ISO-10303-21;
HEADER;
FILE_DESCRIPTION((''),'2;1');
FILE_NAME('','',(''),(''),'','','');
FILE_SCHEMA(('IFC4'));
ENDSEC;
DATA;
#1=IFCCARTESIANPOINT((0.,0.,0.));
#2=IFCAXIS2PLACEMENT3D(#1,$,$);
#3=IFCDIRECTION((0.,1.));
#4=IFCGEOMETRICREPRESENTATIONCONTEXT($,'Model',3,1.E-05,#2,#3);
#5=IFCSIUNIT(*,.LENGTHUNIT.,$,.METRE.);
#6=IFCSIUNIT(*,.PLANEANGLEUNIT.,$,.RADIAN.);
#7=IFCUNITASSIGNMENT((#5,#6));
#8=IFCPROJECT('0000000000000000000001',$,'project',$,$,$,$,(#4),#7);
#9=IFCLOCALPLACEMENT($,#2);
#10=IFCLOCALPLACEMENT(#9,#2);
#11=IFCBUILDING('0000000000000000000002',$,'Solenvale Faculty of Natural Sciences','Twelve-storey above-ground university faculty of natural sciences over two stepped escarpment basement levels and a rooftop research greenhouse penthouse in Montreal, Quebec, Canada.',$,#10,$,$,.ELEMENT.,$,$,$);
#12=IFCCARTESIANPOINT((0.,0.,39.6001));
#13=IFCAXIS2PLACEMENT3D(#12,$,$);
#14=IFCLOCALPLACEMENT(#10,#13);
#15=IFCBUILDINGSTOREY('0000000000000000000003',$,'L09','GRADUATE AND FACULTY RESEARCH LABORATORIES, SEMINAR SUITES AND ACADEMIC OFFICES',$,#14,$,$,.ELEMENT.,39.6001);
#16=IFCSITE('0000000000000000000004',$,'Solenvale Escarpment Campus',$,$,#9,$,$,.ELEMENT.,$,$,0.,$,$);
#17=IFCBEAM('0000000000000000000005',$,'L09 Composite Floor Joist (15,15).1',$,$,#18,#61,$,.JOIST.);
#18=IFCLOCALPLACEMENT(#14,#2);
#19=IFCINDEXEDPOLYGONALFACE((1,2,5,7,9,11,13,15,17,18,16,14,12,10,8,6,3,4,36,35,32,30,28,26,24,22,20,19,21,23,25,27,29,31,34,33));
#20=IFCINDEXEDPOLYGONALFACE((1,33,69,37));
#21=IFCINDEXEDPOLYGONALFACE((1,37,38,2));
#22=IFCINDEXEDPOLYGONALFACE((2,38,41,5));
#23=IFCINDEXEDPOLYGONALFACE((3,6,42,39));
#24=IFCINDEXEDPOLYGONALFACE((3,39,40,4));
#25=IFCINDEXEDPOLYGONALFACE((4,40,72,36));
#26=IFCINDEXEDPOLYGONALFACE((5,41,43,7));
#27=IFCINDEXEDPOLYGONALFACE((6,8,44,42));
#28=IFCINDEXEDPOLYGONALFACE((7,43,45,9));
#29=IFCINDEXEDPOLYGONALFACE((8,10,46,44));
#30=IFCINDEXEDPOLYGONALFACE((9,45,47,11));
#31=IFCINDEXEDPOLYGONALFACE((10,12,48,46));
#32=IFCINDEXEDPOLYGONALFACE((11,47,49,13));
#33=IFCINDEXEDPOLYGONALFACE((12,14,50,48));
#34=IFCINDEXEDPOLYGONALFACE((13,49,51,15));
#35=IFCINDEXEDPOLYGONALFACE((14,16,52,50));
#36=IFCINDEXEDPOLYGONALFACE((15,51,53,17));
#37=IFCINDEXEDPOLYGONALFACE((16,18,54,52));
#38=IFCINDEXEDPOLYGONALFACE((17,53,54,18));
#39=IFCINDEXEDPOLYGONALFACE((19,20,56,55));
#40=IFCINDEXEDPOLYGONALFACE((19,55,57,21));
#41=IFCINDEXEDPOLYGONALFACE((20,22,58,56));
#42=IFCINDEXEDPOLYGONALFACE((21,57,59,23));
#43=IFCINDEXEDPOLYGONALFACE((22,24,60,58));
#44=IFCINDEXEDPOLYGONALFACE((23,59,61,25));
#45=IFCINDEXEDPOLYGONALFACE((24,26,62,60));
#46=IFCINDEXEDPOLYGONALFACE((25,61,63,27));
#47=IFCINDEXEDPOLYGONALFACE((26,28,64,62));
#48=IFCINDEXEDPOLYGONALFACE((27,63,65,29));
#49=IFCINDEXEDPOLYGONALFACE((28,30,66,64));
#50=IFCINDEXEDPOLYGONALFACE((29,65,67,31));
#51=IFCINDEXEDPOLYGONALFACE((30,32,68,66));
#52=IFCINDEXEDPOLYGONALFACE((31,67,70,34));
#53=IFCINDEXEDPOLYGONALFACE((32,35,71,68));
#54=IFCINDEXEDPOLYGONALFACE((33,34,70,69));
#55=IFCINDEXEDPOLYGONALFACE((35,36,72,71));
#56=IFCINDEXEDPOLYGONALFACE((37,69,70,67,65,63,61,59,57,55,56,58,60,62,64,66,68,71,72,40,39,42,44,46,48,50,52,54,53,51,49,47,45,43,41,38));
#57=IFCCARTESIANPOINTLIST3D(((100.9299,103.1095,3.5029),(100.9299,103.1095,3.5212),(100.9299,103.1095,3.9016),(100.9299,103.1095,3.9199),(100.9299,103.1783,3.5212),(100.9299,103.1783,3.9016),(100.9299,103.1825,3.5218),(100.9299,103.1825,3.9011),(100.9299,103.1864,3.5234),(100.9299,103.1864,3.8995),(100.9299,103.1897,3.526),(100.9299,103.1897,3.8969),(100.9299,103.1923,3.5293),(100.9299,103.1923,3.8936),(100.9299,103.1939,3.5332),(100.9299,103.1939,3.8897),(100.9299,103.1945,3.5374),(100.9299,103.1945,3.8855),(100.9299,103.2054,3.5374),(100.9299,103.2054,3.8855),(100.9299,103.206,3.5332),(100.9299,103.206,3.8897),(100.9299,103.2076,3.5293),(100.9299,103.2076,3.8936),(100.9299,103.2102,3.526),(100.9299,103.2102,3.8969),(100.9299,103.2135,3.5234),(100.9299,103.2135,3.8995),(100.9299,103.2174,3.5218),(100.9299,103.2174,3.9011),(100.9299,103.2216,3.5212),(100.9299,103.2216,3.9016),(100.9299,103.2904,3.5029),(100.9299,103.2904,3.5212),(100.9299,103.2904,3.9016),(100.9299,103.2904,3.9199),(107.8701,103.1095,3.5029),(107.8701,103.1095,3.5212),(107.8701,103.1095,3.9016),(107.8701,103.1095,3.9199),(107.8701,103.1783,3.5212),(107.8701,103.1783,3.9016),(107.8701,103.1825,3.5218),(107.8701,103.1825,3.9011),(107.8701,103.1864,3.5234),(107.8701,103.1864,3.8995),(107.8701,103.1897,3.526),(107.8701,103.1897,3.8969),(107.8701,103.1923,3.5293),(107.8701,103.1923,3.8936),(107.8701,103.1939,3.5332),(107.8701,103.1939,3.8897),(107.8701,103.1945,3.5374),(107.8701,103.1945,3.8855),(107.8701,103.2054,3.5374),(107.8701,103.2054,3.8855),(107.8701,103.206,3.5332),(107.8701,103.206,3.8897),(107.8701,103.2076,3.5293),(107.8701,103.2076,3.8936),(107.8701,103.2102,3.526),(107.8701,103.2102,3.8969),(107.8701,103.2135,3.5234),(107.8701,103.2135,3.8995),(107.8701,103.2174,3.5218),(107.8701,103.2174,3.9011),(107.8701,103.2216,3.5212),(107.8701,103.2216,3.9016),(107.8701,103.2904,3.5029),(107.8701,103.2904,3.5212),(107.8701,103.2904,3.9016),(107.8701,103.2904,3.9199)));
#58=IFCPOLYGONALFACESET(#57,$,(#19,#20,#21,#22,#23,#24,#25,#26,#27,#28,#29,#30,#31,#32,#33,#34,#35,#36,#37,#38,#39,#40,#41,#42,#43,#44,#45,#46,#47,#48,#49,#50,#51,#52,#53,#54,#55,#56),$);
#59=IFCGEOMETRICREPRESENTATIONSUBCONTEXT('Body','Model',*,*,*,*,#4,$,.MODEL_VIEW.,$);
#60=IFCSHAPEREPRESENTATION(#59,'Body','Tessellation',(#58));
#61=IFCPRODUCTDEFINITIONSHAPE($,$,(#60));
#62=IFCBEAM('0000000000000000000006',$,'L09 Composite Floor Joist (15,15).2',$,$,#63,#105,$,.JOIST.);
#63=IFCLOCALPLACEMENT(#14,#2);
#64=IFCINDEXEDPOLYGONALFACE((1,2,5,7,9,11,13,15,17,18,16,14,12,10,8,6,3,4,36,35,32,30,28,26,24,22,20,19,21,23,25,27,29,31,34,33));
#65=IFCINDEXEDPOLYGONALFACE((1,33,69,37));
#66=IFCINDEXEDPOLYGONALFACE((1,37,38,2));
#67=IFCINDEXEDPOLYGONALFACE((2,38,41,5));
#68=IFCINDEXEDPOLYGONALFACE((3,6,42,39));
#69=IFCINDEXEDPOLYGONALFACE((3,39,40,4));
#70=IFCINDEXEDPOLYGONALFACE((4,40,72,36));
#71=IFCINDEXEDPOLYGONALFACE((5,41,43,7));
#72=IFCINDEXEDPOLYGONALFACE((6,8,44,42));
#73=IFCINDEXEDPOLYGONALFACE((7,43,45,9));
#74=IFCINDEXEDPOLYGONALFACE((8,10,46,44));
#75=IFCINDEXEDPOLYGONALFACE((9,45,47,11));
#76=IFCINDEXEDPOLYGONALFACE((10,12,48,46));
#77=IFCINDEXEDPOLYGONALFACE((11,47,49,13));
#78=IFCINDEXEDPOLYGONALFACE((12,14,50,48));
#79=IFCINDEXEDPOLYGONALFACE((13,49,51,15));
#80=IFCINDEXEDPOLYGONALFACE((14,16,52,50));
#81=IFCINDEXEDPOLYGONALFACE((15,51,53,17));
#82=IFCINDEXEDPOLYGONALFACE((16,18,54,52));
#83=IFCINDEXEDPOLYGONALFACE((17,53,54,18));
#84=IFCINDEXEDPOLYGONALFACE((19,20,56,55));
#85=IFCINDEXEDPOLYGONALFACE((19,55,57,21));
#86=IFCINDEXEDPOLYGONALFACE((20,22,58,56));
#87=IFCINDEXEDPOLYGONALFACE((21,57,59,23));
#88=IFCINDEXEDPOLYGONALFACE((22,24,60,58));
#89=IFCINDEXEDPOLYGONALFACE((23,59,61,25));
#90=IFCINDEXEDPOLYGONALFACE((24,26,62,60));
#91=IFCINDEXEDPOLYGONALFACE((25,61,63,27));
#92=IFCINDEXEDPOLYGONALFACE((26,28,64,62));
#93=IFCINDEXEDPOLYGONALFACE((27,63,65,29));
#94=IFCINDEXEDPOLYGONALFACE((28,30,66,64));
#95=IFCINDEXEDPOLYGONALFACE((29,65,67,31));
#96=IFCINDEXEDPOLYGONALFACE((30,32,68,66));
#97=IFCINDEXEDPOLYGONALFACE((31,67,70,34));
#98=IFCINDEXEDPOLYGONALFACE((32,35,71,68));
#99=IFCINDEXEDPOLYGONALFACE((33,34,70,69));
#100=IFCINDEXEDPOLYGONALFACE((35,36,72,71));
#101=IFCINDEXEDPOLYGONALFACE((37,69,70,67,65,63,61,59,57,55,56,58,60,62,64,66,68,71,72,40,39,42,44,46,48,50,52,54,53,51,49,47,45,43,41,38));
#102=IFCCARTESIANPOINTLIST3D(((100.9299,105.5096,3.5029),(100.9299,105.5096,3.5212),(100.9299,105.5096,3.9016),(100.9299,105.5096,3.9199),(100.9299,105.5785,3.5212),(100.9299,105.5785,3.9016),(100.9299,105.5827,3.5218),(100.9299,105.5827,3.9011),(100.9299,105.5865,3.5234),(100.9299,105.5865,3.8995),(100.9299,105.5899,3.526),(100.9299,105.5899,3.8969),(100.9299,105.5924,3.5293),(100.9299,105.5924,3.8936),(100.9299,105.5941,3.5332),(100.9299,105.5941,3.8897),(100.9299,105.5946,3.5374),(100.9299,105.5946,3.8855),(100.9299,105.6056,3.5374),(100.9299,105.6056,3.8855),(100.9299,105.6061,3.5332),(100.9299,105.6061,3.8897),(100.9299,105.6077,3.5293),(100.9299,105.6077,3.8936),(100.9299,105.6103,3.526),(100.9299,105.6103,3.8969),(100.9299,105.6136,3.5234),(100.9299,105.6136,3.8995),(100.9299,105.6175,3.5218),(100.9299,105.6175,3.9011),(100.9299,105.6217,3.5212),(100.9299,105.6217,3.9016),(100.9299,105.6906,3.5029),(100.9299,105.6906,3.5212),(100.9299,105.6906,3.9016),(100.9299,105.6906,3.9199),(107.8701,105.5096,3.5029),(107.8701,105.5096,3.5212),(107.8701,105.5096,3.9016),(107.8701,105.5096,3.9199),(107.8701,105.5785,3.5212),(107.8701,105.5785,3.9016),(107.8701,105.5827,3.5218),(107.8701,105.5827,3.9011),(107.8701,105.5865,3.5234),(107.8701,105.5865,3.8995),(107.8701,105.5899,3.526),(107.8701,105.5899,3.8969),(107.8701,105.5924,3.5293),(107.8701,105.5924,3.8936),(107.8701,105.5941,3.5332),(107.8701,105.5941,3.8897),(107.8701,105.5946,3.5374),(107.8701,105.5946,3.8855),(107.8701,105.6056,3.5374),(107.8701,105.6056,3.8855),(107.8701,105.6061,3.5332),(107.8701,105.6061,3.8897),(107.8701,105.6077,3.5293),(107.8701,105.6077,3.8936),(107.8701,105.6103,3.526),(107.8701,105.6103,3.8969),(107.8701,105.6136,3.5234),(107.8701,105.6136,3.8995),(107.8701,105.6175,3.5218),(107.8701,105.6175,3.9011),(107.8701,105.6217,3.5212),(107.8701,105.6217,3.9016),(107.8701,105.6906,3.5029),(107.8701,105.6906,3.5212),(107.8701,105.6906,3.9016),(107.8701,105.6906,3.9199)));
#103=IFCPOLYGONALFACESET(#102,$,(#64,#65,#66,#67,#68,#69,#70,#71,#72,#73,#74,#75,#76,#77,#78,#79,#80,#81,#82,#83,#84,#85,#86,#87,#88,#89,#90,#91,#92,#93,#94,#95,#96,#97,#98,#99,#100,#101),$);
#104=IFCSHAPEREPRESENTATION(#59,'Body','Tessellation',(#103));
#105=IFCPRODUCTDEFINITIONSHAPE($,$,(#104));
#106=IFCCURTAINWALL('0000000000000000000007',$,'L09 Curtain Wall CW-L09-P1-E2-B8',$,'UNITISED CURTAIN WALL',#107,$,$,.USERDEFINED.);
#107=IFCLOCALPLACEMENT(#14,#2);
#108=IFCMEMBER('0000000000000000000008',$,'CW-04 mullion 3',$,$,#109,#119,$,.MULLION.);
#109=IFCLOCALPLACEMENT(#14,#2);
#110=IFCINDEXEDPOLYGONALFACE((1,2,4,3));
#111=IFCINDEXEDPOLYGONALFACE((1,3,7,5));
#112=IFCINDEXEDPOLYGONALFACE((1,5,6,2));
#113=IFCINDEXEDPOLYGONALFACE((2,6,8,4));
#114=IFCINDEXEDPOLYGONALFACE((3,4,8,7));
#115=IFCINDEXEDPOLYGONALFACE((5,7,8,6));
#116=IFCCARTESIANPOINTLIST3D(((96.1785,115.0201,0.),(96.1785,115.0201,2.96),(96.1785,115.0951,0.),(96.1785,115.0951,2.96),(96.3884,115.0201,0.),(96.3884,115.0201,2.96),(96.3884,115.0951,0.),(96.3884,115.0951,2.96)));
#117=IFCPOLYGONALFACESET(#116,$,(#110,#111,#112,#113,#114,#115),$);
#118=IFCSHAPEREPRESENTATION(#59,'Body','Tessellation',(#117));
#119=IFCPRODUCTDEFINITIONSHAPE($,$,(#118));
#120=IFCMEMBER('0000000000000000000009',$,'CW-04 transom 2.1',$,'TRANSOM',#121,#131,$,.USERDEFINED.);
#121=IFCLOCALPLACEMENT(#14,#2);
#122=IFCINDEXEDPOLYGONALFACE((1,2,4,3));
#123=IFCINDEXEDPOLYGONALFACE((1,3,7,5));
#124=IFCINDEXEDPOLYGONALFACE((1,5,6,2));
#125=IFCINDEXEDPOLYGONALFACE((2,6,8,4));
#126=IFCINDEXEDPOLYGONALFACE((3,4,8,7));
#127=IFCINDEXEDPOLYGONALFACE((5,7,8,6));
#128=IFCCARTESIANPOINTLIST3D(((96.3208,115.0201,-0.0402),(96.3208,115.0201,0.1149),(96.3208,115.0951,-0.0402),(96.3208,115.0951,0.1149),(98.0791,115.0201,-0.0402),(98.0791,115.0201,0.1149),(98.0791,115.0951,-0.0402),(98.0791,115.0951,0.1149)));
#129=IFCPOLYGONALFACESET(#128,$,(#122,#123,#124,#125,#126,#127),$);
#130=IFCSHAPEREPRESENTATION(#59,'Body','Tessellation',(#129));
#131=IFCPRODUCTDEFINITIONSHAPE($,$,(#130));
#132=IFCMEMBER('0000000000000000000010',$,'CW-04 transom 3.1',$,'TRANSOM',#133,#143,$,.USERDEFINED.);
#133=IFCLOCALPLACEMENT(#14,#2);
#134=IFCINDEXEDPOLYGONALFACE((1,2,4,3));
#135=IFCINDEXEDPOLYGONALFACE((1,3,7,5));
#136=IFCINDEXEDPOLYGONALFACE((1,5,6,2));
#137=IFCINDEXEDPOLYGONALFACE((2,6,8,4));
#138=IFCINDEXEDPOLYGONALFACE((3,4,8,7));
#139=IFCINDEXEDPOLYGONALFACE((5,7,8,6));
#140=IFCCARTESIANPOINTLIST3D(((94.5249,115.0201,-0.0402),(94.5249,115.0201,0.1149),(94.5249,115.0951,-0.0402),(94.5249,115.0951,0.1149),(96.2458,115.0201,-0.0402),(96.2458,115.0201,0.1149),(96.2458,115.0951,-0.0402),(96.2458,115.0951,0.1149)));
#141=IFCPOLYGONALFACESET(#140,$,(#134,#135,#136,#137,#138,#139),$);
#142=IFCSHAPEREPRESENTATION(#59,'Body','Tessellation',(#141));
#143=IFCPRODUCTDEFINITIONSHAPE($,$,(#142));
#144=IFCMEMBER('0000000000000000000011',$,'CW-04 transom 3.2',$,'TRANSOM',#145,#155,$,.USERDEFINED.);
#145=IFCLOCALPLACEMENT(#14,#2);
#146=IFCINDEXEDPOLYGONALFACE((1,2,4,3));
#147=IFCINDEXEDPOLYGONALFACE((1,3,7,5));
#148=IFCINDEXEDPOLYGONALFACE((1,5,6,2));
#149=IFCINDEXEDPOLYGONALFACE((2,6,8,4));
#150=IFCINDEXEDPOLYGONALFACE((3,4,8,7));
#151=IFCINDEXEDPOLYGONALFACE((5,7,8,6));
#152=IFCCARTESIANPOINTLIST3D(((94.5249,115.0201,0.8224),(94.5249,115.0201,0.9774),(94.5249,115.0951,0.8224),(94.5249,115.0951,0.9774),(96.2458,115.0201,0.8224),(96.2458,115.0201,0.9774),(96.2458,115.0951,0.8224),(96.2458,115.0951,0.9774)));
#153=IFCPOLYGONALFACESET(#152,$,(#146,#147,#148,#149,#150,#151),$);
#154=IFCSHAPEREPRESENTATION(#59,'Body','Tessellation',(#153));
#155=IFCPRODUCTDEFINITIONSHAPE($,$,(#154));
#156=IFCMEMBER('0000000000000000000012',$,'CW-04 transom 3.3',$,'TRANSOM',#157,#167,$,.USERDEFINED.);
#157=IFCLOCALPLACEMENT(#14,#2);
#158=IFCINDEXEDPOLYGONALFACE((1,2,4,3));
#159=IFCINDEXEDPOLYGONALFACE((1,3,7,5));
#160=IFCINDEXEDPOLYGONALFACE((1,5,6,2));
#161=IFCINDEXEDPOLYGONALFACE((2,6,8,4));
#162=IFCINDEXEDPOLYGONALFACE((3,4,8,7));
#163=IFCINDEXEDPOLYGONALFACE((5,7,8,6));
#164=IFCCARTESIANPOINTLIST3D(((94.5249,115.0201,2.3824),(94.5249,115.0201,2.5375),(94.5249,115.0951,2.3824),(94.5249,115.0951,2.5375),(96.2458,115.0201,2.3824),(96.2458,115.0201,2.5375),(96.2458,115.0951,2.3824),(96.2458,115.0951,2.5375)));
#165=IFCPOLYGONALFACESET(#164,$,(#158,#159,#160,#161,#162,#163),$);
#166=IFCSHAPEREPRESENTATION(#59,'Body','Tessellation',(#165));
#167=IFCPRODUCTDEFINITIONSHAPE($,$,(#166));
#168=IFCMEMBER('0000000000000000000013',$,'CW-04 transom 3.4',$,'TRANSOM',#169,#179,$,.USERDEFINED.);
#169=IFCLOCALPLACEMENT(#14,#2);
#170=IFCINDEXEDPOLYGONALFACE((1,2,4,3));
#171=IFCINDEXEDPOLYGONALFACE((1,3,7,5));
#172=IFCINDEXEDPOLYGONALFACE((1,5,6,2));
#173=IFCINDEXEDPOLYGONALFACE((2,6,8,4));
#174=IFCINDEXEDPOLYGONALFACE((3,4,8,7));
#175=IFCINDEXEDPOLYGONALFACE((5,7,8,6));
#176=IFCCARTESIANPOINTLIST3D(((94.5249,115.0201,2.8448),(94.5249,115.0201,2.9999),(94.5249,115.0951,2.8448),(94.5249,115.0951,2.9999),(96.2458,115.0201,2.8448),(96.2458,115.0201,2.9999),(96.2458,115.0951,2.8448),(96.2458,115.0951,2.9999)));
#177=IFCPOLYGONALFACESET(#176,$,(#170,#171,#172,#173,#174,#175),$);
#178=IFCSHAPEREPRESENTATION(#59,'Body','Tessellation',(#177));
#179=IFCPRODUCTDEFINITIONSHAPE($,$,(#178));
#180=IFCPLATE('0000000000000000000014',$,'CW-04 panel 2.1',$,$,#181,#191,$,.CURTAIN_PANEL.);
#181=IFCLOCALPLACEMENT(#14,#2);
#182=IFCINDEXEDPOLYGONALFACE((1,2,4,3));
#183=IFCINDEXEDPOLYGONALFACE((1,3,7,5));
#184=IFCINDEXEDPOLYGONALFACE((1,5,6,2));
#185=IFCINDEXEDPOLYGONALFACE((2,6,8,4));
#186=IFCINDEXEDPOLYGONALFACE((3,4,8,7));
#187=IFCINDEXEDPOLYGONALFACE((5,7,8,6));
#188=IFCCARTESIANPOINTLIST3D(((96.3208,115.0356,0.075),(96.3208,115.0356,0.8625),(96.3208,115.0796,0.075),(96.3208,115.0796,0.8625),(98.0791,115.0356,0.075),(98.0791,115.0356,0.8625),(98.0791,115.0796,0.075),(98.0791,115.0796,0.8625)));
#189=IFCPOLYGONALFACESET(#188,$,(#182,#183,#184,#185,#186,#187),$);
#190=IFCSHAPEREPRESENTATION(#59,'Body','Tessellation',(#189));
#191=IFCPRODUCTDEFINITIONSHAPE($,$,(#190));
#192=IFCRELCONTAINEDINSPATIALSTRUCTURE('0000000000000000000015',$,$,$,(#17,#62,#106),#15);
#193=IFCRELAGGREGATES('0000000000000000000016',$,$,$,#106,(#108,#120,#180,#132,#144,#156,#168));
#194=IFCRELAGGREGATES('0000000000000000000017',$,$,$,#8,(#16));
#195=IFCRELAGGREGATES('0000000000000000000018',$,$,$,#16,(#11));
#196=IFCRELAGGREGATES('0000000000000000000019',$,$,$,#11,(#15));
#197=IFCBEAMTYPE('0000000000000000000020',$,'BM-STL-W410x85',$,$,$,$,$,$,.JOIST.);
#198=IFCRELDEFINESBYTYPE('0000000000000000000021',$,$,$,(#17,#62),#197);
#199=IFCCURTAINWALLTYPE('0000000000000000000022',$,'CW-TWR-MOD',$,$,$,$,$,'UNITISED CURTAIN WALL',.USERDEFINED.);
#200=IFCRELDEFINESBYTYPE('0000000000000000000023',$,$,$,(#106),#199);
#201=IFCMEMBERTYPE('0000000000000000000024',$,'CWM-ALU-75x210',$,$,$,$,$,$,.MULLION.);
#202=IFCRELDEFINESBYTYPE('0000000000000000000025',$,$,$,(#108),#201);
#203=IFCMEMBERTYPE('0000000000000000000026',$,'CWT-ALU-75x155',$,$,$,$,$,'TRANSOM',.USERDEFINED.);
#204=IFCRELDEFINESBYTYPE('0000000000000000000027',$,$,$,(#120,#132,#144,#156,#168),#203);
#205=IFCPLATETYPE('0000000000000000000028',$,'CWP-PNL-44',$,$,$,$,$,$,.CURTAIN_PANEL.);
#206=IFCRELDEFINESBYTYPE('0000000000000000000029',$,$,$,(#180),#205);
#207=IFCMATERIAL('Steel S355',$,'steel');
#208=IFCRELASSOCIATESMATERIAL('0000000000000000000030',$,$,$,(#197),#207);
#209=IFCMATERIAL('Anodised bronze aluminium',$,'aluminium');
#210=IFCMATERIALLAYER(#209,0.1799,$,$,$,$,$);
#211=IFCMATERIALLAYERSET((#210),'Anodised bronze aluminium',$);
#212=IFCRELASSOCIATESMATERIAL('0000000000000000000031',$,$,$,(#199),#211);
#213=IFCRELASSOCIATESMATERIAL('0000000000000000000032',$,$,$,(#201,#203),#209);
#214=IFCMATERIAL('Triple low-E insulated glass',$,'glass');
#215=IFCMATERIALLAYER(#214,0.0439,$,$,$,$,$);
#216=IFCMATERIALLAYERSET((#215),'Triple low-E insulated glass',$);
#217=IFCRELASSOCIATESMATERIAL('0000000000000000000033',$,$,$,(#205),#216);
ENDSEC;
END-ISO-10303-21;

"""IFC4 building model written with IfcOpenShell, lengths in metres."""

from ifc_helpers import new_model, si_unit, direction, frame, origin, origin_2d, place, context, subcontext, project, spatial, rectangle, i_section, extrude, material, layer, layer_set, material_profile, profile_set, type_object, element, aggregate, save


model = new_model("IFC4")

# Units and contexts
model_context = context("Model", 3, precision=1e-05, world=origin(), true_north=direction((0.0, 1.0)))
body_context = subcontext(model_context, "Body", "Model", "MODEL_VIEW")
ifc_project = project(units=[si_unit("LENGTHUNIT", "METRE"), si_unit("PLANEANGLEUNIT", "RADIAN")], contexts=[model_context])

# Site, building, storey
site_placement = place(None, origin())
site = spatial("IfcSite", under=ifc_project, at=site_placement, Name="Solenvale Escarpment Campus", CompositionType="ELEMENT", RefElevation=0.0)
building_placement = place(site_placement, origin())
building = spatial("IfcBuilding", under=site, at=building_placement, Name="Solenvale Faculty of Natural Sciences", Description="Twelve-storey above-ground university faculty of natural sciences over two stepped escarpment basement levels and a rooftop research greenhouse penthouse in Montreal, Quebec, Canada.", CompositionType="ELEMENT")
storey_placement = place(building_placement, frame((0.0, 0.0, 39.6001)))
storey = spatial("IfcBuildingStorey", under=building, at=storey_placement, Name="L09", Description="GRADUATE AND FACULTY RESEARCH LABORATORIES, SEMINAR SUITES AND ACADEMIC OFFICES", CompositionType="ELEMENT", Elevation=39.6001)

# Beams
ifc_material_1 = material(Name="Steel S355", Category="steel")
ifc_material_profile_1 = material_profile(ifc_material_1, i_section(OverallWidth=0.1809, OverallDepth=0.417, WebThickness=0.011, FlangeThickness=0.0183, FilletRadius=0.0161, at=origin_2d()), Name="W410x85")
ifc_profile_set_1 = profile_set([ifc_material_profile_1], Name="Steel S355")
beam_type_1 = type_object("IfcBeamType", Name="BM-STL-W410x85", PredefinedType="JOIST", material=ifc_profile_set_1)
for number, where, z_axis, x_axis, name in (
    (1, (100.9299, 103.2, 3.7114), (1.0, 0.0, 0.0), (0.0, 1.0, 0.0), "L09 Composite Floor Joist (15,15).1"),
    (2, (100.9299, 105.6001, 3.7114), (1.0, 0.0, 0.0), (0.0, 1.0, 0.0), "L09 Composite Floor Joist (15,15).2"),
):
    element("IfcBeam", number, at=place(storey_placement, frame(where, z_axis=z_axis, x_axis=x_axis)), inside=storey, type_object=beam_type_1, Name=name, PredefinedType="JOIST", context=body_context, shape_type="SweptSolid", body=[
        extrude(i_section(OverallWidth=0.1809, OverallDepth=0.417, WebThickness=0.011, FlangeThickness=0.0183, FilletRadius=0.0161, at=origin_2d()), origin(), (0.0, 0.0, 1.0), 6.9402),
    ])

# Curtain wall, members, plate
ifc_material_2 = material(Name="Anodised bronze aluminium", Category="aluminium")
ifc_layer_1 = layer(ifc_material_2, 0.1799)
ifc_layer_set_1 = layer_set([ifc_layer_1], Name="Anodised bronze aluminium")
curtain_wall_type = type_object("IfcCurtainWallType", Name="CW-TWR-MOD", ElementType="UNITISED CURTAIN WALL", PredefinedType="USERDEFINED", material=ifc_layer_set_1)
curtain_wall_placement = place(storey_placement, origin())
curtain_wall = element("IfcCurtainWall", 3, at=curtain_wall_placement, inside=storey, type_object=curtain_wall_type, Name="L09 Curtain Wall CW-L09-P1-E2-B8", ObjectType="UNITISED CURTAIN WALL", PredefinedType="USERDEFINED")
ifc_material_profile_2 = material_profile(ifc_material_2, rectangle(XDim=0.075, YDim=0.21, at=origin_2d()), Name="ALU-MUL-75x210")
ifc_profile_set_2 = profile_set([ifc_material_profile_2], Name="Anodised bronze aluminium")
member_type_1 = type_object("IfcMemberType", Name="CWM-ALU-75x210", PredefinedType="MULLION", material=ifc_profile_set_2)
member_1_placement = place(storey_placement, frame((96.2834, 115.0576, 0.0), z_axis=(0.0, 0.0, 1.0), x_axis=(0.0, -1.0, 0.0)))
member_1 = element("IfcMember", 4, at=member_1_placement, type_object=member_type_1, Name="CW-04 mullion 3", PredefinedType="MULLION", context=body_context, shape_type="SweptSolid", body=[
    extrude(rectangle(XDim=0.075, YDim=0.21, at=origin_2d()), origin(), (0.0, 0.0, 1.0), 2.96),
])
ifc_material_profile_3 = material_profile(ifc_material_2, rectangle(XDim=0.075, YDim=0.155, at=origin_2d()), Name="ALU-TRN-75x155")
ifc_profile_set_3 = profile_set([ifc_material_profile_3], Name="Anodised bronze aluminium")
member_type_2 = type_object("IfcMemberType", Name="CWT-ALU-75x155", ElementType="TRANSOM", PredefinedType="USERDEFINED", material=ifc_profile_set_3)
member_2_placement = place(storey_placement, frame((98.0791, 115.0576, 0.0374), z_axis=(-1.0, 0.0, 0.0), x_axis=(0.0, -1.0, 0.0)))
member_2 = element("IfcMember", 5, at=member_2_placement, type_object=member_type_2, Name="CW-04 transom 2.1", ObjectType="TRANSOM", PredefinedType="USERDEFINED", context=body_context, shape_type="SweptSolid", body=[
    extrude(rectangle(XDim=0.075, YDim=0.155, at=origin_2d()), origin(), (0.0, 0.0, 1.0), 1.7583),
])
member_3_placement = place(storey_placement, frame((96.2458, 115.0576, 0.0374), z_axis=(-1.0, 0.0, 0.0), x_axis=(0.0, -1.0, 0.0)))
member_3 = element("IfcMember", 6, at=member_3_placement, type_object=member_type_2, Name="CW-04 transom 3.1", ObjectType="TRANSOM", PredefinedType="USERDEFINED", context=body_context, shape_type="SweptSolid", body=[
    extrude(rectangle(XDim=0.075, YDim=0.155, at=origin_2d()), origin(), (0.0, 0.0, 1.0), 1.7209),
])
member_4_placement = place(storey_placement, frame((96.2458, 115.0576, 0.8999), z_axis=(-1.0, 0.0, 0.0), x_axis=(0.0, -1.0, 0.0)))
member_4 = element("IfcMember", 7, at=member_4_placement, type_object=member_type_2, Name="CW-04 transom 3.2", ObjectType="TRANSOM", PredefinedType="USERDEFINED", context=body_context, shape_type="SweptSolid", body=[
    extrude(rectangle(XDim=0.075, YDim=0.155, at=origin_2d()), origin(), (0.0, 0.0, 1.0), 1.7209),
])
member_5_placement = place(storey_placement, frame((96.2458, 115.0576, 2.46), z_axis=(-1.0, 0.0, 0.0), x_axis=(0.0, -1.0, 0.0)))
member_5 = element("IfcMember", 8, at=member_5_placement, type_object=member_type_2, Name="CW-04 transom 3.3", ObjectType="TRANSOM", PredefinedType="USERDEFINED", context=body_context, shape_type="SweptSolid", body=[
    extrude(rectangle(XDim=0.075, YDim=0.155, at=origin_2d()), origin(), (0.0, 0.0, 1.0), 1.7209),
])
member_6_placement = place(storey_placement, frame((96.2458, 115.0576, 2.9224), z_axis=(-1.0, 0.0, 0.0), x_axis=(0.0, -1.0, 0.0)))
member_6 = element("IfcMember", 9, at=member_6_placement, type_object=member_type_2, Name="CW-04 transom 3.4", ObjectType="TRANSOM", PredefinedType="USERDEFINED", context=body_context, shape_type="SweptSolid", body=[
    extrude(rectangle(XDim=0.075, YDim=0.155, at=origin_2d()), origin(), (0.0, 0.0, 1.0), 1.7209),
])
ifc_material_3 = material(Name="Triple low-E insulated glass", Category="glass")
ifc_layer_2 = layer(ifc_material_3, 0.0439)
ifc_layer_set_2 = layer_set([ifc_layer_2], Name="Triple low-E insulated glass")
plate_type = type_object("IfcPlateType", Name="CWP-PNL-44", PredefinedType="CURTAIN_PANEL", material=ifc_layer_set_2)
plate_1_placement = place(storey_placement, frame((97.2, 115.0576, 0.075), z_axis=(0.0, 0.0, 1.0), x_axis=(-1.0, 0.0, 0.0)))
plate_1 = element("IfcPlate", 10, at=plate_1_placement, type_object=plate_type, Name="CW-04 panel 2.1", PredefinedType="CURTAIN_PANEL", context=body_context, shape_type="SweptSolid", body=[
    extrude(rectangle(XDim=1.7583, YDim=0.0439, at=origin_2d()), origin(), (0.0, 0.0, 1.0), 0.7876),
])
aggregate(curtain_wall, [member_1, member_2, plate_1, member_3, member_4, member_5, member_6])

save(model, "model.ifc")
